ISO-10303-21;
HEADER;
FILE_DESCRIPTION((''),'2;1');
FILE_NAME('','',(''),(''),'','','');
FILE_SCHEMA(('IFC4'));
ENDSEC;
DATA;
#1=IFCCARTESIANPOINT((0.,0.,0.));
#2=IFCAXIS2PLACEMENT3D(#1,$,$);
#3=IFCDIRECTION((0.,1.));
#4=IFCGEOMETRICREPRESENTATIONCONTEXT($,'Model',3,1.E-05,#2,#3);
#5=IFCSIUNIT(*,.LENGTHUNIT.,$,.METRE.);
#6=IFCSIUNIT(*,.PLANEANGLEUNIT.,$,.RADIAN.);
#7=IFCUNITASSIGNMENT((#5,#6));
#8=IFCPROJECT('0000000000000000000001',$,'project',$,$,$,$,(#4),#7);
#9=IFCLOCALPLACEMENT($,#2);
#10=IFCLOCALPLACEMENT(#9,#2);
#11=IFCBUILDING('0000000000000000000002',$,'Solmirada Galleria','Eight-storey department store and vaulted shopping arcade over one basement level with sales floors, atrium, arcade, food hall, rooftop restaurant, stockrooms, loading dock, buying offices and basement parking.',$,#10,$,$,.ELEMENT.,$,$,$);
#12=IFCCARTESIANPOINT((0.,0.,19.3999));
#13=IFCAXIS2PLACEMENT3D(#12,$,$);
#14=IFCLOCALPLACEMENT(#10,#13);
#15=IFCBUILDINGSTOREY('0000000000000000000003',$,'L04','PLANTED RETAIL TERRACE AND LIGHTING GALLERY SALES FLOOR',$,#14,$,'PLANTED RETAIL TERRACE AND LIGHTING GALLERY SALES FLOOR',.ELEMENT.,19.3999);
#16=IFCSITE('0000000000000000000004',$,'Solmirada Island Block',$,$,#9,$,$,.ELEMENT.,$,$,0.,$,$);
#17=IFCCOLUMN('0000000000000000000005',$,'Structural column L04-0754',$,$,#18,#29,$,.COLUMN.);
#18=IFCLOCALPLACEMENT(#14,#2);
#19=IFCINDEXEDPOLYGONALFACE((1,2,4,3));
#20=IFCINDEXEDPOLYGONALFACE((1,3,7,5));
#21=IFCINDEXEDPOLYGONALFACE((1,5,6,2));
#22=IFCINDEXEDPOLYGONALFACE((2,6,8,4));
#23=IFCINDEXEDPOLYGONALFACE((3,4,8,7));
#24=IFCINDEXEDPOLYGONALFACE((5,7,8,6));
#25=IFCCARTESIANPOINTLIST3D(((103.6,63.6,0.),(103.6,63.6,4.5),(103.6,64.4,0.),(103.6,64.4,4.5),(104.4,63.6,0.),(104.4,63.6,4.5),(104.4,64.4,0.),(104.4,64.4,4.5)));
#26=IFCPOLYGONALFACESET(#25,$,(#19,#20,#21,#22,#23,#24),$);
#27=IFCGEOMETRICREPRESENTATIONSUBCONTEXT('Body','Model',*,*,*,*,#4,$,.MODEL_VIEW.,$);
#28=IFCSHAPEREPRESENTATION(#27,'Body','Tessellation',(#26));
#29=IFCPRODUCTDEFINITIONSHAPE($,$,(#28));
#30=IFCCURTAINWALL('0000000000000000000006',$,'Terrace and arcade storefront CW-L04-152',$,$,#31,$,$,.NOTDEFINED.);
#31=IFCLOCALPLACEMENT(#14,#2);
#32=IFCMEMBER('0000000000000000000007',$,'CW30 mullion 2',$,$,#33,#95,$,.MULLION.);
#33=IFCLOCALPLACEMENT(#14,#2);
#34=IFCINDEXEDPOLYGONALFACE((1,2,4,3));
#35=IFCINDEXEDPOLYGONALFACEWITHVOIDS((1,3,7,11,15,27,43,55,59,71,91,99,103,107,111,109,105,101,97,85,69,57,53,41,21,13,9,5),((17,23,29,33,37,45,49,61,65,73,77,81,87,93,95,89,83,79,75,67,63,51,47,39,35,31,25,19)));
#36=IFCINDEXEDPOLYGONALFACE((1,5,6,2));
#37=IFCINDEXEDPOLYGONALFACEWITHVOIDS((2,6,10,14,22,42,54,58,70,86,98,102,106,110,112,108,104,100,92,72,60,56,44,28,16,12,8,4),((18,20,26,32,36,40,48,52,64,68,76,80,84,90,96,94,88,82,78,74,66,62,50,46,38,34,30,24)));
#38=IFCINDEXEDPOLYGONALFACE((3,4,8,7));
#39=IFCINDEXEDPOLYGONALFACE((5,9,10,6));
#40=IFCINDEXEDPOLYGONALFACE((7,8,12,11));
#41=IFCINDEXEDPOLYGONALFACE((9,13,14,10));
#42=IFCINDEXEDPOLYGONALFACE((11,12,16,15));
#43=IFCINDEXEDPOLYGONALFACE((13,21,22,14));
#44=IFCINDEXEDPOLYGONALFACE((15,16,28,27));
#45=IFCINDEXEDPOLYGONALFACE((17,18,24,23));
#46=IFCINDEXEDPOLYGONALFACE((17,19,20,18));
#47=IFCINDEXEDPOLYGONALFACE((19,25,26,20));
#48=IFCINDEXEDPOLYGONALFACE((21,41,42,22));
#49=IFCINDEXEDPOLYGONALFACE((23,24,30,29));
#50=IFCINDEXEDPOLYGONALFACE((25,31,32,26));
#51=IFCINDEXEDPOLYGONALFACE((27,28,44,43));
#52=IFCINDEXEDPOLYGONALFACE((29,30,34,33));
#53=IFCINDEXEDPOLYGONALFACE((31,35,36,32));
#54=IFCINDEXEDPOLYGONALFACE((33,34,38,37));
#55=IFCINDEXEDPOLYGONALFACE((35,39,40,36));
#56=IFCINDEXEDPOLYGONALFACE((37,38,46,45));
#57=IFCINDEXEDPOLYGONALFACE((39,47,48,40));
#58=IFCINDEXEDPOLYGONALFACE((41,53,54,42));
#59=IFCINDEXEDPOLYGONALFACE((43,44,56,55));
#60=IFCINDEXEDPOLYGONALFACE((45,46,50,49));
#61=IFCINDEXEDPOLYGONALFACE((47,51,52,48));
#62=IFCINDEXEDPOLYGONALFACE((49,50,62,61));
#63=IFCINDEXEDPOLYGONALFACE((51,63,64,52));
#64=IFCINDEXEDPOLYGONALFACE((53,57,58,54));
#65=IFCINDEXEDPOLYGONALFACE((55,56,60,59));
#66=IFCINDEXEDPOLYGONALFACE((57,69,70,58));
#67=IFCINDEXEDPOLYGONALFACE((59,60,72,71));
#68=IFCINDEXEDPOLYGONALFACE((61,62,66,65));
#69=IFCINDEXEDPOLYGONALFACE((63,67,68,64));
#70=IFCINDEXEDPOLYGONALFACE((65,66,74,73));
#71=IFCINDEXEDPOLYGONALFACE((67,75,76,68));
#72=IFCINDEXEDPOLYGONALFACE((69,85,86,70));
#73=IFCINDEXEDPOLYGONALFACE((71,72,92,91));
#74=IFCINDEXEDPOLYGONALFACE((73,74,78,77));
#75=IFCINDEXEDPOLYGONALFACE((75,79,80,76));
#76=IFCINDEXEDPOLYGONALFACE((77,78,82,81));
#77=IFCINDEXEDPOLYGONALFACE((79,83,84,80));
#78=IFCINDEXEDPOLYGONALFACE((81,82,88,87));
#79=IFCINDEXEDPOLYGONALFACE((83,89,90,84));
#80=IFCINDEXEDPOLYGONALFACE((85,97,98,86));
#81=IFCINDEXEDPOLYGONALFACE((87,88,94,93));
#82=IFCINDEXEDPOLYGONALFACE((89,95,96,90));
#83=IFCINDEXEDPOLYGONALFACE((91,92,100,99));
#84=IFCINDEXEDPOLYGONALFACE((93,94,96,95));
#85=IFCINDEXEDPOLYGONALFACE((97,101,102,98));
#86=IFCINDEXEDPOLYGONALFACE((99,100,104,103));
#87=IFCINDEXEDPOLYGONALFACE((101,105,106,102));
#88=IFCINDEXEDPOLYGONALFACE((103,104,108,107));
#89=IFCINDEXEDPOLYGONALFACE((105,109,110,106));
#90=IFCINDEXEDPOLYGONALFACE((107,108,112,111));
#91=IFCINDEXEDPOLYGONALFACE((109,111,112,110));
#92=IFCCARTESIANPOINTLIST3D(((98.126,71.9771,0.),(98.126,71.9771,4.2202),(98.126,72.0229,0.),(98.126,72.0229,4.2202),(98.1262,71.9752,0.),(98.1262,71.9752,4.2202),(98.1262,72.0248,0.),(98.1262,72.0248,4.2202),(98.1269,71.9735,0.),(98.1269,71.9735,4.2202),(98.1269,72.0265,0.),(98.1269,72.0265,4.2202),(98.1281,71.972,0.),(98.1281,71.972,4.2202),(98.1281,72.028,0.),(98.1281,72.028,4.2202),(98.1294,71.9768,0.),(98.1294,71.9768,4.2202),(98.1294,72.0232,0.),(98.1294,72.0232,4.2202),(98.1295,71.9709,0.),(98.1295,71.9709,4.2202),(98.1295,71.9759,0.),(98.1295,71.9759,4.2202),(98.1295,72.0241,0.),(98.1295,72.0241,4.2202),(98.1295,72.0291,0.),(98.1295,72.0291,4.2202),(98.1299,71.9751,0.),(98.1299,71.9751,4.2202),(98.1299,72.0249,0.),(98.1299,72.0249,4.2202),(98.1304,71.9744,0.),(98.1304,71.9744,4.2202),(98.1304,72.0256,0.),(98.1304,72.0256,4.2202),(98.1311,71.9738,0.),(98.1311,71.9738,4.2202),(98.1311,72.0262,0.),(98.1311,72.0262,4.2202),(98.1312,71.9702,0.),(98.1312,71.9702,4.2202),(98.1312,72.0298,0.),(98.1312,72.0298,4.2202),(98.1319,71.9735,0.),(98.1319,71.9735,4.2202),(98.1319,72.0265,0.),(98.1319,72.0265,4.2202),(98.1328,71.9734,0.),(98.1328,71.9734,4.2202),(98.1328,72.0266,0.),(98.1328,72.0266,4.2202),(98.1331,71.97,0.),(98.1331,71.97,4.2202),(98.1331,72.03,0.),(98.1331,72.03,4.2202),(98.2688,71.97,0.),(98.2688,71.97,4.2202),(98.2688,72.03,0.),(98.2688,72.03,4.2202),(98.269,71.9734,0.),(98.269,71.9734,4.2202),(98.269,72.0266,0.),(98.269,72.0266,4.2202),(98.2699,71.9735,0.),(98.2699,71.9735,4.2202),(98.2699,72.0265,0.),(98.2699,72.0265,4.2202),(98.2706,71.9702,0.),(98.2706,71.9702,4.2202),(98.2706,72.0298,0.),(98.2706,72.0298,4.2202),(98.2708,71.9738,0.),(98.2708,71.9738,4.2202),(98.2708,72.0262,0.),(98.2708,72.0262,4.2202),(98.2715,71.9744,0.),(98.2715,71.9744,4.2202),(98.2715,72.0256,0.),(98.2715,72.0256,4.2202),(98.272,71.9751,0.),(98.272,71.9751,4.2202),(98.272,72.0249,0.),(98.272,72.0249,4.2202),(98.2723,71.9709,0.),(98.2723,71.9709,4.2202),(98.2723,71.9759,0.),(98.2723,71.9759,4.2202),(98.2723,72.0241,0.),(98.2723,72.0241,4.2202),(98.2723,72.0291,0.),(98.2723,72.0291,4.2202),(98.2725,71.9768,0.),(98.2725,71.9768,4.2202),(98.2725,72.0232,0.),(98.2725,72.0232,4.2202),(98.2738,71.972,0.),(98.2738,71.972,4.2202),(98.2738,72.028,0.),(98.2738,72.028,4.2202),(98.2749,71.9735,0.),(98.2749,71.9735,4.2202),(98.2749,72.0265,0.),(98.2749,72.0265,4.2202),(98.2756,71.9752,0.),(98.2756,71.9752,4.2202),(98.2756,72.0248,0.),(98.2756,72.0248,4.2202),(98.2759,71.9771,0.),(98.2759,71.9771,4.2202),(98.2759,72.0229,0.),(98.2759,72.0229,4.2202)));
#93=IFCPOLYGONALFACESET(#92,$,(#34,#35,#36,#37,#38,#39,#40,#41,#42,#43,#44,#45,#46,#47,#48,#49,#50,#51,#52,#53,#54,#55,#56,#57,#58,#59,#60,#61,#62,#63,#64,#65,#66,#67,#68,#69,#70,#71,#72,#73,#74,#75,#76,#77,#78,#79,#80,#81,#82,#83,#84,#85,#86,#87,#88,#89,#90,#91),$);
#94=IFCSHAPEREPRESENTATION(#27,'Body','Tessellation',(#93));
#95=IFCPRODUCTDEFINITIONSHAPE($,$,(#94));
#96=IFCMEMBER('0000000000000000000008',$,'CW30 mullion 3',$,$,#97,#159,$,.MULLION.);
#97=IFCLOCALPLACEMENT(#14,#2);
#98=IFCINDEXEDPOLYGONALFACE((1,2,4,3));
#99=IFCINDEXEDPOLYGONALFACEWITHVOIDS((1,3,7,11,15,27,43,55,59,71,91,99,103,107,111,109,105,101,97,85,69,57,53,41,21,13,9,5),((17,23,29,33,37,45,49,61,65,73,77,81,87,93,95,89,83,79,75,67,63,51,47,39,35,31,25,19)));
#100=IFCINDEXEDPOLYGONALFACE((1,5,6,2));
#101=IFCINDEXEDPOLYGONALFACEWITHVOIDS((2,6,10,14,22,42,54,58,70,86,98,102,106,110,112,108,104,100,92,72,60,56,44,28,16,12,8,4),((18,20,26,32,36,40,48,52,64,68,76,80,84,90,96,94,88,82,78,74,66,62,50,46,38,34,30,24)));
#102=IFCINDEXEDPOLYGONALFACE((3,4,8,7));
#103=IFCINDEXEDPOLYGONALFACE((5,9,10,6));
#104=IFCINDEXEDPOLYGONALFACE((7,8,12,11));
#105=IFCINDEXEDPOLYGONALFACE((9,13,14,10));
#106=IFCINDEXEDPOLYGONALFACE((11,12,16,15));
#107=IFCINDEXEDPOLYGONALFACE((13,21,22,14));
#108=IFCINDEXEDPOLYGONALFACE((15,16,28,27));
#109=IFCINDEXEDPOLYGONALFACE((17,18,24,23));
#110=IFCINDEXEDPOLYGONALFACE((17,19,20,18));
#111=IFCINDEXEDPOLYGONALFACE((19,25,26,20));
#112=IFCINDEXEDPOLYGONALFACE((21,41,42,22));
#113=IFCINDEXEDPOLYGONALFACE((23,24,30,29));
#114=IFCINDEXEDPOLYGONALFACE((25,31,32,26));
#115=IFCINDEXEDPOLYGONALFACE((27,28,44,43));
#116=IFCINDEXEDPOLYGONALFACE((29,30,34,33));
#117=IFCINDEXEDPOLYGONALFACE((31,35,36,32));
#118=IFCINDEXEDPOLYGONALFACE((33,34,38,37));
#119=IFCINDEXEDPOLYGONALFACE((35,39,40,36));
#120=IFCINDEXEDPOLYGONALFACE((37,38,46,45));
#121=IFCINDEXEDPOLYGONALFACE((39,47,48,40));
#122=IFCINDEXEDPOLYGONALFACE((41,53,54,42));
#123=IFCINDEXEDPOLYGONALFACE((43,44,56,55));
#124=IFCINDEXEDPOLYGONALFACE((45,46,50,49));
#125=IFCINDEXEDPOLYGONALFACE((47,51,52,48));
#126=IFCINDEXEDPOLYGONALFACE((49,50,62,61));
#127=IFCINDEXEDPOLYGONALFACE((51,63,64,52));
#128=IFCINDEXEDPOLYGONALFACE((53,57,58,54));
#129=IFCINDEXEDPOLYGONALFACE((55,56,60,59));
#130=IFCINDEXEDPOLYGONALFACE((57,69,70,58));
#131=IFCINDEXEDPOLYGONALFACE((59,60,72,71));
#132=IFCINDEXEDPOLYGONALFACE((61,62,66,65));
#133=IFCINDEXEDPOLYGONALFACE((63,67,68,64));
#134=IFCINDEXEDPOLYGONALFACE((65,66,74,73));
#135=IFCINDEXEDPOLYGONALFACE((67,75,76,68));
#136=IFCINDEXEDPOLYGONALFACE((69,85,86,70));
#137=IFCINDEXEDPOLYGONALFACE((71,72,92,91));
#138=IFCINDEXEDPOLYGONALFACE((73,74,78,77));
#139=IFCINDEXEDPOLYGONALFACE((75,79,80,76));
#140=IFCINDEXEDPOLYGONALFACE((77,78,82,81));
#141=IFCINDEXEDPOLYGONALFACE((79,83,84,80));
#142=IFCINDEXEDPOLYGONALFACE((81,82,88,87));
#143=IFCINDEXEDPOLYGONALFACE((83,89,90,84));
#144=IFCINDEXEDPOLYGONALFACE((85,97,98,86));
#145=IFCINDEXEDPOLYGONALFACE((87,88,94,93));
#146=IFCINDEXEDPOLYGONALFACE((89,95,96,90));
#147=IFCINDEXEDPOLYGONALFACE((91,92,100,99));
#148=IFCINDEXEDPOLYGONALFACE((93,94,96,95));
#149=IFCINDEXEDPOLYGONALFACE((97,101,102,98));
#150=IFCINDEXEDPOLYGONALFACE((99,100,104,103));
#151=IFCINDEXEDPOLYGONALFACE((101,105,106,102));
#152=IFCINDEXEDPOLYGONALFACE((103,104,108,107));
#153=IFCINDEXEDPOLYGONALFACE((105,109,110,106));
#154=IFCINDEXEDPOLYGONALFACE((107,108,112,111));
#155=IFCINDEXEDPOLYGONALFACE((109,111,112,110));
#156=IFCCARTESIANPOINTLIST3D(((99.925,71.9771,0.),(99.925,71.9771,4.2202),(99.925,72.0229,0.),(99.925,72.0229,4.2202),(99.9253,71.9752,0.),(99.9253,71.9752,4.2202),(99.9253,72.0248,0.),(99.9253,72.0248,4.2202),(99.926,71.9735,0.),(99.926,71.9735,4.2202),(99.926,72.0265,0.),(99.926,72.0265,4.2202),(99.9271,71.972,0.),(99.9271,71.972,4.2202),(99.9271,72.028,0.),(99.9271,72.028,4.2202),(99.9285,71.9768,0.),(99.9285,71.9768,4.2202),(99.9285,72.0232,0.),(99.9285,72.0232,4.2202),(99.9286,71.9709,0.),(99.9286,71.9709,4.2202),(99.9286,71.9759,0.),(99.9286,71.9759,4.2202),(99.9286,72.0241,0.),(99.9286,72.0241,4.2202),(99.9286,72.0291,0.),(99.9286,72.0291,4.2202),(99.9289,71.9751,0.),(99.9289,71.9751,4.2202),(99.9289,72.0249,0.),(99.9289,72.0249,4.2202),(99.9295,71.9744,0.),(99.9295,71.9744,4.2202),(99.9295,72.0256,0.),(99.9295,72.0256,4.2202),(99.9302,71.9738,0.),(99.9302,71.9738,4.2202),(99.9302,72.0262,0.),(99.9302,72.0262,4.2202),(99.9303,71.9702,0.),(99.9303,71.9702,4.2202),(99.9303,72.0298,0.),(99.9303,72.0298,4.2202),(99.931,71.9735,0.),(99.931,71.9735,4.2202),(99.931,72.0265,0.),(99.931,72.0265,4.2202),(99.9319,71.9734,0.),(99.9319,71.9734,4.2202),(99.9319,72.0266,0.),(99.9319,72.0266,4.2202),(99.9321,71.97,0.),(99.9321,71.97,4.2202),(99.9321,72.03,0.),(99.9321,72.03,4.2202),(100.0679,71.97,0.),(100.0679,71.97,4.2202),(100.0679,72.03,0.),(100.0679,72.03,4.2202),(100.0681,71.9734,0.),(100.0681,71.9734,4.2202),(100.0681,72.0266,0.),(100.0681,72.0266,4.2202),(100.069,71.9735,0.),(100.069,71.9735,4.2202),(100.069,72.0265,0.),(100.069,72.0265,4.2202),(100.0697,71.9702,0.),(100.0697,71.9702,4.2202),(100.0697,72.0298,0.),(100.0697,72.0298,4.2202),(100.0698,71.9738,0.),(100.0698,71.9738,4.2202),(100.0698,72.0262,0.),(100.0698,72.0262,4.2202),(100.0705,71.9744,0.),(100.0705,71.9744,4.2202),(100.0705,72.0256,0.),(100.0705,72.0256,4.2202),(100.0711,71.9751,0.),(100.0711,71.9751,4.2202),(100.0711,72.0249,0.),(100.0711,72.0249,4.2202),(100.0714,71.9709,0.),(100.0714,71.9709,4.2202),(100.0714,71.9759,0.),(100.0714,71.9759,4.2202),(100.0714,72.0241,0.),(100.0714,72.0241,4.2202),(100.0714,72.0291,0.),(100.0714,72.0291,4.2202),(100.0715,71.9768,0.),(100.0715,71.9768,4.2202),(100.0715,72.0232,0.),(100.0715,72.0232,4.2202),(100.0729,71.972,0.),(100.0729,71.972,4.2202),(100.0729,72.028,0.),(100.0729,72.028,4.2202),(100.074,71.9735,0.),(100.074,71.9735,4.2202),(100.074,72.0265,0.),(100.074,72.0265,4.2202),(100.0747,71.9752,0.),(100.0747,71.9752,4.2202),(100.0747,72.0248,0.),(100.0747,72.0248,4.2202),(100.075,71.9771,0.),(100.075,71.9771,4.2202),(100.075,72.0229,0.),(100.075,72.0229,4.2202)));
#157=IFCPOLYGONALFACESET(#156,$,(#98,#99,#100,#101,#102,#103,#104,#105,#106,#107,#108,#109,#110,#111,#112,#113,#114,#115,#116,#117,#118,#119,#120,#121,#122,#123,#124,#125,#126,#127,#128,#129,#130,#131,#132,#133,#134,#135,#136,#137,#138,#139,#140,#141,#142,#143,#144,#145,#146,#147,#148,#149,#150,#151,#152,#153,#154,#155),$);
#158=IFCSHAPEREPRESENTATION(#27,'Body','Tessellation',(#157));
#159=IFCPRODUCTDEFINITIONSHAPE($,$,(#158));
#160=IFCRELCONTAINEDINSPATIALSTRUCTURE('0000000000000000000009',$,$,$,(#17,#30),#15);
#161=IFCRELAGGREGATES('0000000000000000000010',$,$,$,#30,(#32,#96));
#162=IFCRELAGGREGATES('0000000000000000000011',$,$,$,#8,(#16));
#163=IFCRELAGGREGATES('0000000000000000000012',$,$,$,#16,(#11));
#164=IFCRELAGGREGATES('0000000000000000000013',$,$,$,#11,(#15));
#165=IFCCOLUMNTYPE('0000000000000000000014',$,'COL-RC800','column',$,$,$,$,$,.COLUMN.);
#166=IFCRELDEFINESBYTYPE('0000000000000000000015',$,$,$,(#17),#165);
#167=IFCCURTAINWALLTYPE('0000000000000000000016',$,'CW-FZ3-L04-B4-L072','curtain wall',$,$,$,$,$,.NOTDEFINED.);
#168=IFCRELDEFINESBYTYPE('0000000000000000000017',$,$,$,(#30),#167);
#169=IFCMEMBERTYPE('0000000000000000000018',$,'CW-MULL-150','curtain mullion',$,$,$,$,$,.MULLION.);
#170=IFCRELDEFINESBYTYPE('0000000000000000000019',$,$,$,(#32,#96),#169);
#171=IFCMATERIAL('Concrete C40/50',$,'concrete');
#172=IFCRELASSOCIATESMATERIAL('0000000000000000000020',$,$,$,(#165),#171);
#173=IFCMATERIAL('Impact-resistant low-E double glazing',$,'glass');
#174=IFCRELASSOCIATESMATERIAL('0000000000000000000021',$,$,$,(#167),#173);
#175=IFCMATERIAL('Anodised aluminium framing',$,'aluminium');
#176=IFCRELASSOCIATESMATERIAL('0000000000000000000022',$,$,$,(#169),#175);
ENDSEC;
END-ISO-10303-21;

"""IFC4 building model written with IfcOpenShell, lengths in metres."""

from ifc_helpers import new_model, si_unit, direction, frame, origin, origin_2d, place, context, subcontext, project, spatial, rectangle, hollow_rectangle, extrude, material, material_profile, profile_set, type_object, element, aggregate, save


model = new_model("IFC4")

# Units and contexts
model_context = context("Model", 3, precision=1e-05, world=origin(), true_north=direction((0.0, 1.0)))
body_context = subcontext(model_context, "Body", "Model", "MODEL_VIEW")
ifc_project = project(units=[si_unit("LENGTHUNIT", "METRE"), si_unit("PLANEANGLEUNIT", "RADIAN")], contexts=[model_context])

# Site, building, storey
site_placement = place(None, origin())
site = spatial("IfcSite", under=ifc_project, at=site_placement, Name="Solmirada Island Block", CompositionType="ELEMENT", RefElevation=0.0)
building_placement = place(site_placement, origin())
building = spatial("IfcBuilding", under=site, at=building_placement, Name="Solmirada Galleria", Description="Eight-storey department store and vaulted shopping arcade over one basement level with sales floors, atrium, arcade, food hall, rooftop restaurant, stockrooms, loading dock, buying offices and basement parking.", CompositionType="ELEMENT")
storey_placement = place(building_placement, frame((0.0, 0.0, 19.3999)))
storey = spatial("IfcBuildingStorey", under=building, at=storey_placement, Name="L04", Description="PLANTED RETAIL TERRACE AND LIGHTING GALLERY SALES FLOOR", LongName="PLANTED RETAIL TERRACE AND LIGHTING GALLERY SALES FLOOR", CompositionType="ELEMENT", Elevation=19.3999)

# Column
ifc_material_1 = material(Name="Concrete C40/50", Category="concrete")
ifc_material_profile_1 = material_profile(ifc_material_1, rectangle(XDim=0.8, YDim=0.8, at=origin_2d()), Name="RC800X800")
ifc_profile_set_1 = profile_set([ifc_material_profile_1], Name="Concrete C40/50")
column_type = type_object("IfcColumnType", Name="COL-RC800", Description="column", PredefinedType="COLUMN", material=ifc_profile_set_1)
column_placement = place(storey_placement, frame((104.0, 64.0, 0.0), z_axis=(0.0, 0.0, 1.0), x_axis=(1.0, 0.0, 0.0)))
element("IfcColumn", 1, at=column_placement, inside=storey, type_object=column_type, Name="Structural column L04-0754", PredefinedType="COLUMN", context=body_context, shape_type="SweptSolid", body=[
    extrude(rectangle(XDim=0.8, YDim=0.8, at=origin_2d()), origin(), (0.0, 0.0, 1.0), 4.5),
])

# Curtain wall, members
ifc_material_2 = material(Name="Impact-resistant low-E double glazing", Category="glass")
curtain_wall_type = type_object("IfcCurtainWallType", Name="CW-FZ3-L04-B4-L072", Description="curtain wall", PredefinedType="NOTDEFINED", material=ifc_material_2)
curtain_wall_placement = place(storey_placement, origin())
curtain_wall = element("IfcCurtainWall", 2, at=curtain_wall_placement, inside=storey, type_object=curtain_wall_type, Name="Terrace and arcade storefront CW-L04-152", PredefinedType="NOTDEFINED")
ifc_material_3 = material(Name="Anodised aluminium framing", Category="aluminium")
ifc_material_profile_2 = material_profile(ifc_material_3, hollow_rectangle(XDim=0.0601, YDim=0.1499, WallThickness=0.0034, InnerFilletRadius=0.0034, OuterFilletRadius=0.0071, at=origin_2d()), Name="ALU-MULL-150X60")
ifc_profile_set_2 = profile_set([ifc_material_profile_2], Name="Anodised aluminium framing")
member_type_1 = type_object("IfcMemberType", Name="CW-MULL-150", Description="curtain mullion", PredefinedType="MULLION", material=ifc_profile_set_2)
member_1_placement = place(storey_placement, frame((98.2009, 72.0, 0.0), z_axis=(0.0, 0.0, 1.0), x_axis=(0.0, 1.0, 0.0)))
member_1 = element("IfcMember", 3, at=member_1_placement, type_object=member_type_1, Name="CW30 mullion 2", PredefinedType="MULLION", context=body_context, shape_type="SweptSolid", body=[
    extrude(hollow_rectangle(XDim=0.0601, YDim=0.1499, WallThickness=0.0034, InnerFilletRadius=0.0034, OuterFilletRadius=0.0071, at=origin_2d()), origin(), (0.0, 0.0, 1.0), 4.2202),
])
member_2_placement = place(storey_placement, frame((100.0, 72.0, 0.0), z_axis=(0.0, 0.0, 1.0), x_axis=(0.0, 1.0, 0.0)))
member_2 = element("IfcMember", 4, at=member_2_placement, type_object=member_type_1, Name="CW30 mullion 3", PredefinedType="MULLION", context=body_context, shape_type="SweptSolid", body=[
    extrude(hollow_rectangle(XDim=0.0601, YDim=0.1499, WallThickness=0.0034, InnerFilletRadius=0.0034, OuterFilletRadius=0.0071, at=origin_2d()), origin(), (0.0, 0.0, 1.0), 4.2202),
])
aggregate(curtain_wall, [member_1, member_2])

save(model, "model.ifc")
